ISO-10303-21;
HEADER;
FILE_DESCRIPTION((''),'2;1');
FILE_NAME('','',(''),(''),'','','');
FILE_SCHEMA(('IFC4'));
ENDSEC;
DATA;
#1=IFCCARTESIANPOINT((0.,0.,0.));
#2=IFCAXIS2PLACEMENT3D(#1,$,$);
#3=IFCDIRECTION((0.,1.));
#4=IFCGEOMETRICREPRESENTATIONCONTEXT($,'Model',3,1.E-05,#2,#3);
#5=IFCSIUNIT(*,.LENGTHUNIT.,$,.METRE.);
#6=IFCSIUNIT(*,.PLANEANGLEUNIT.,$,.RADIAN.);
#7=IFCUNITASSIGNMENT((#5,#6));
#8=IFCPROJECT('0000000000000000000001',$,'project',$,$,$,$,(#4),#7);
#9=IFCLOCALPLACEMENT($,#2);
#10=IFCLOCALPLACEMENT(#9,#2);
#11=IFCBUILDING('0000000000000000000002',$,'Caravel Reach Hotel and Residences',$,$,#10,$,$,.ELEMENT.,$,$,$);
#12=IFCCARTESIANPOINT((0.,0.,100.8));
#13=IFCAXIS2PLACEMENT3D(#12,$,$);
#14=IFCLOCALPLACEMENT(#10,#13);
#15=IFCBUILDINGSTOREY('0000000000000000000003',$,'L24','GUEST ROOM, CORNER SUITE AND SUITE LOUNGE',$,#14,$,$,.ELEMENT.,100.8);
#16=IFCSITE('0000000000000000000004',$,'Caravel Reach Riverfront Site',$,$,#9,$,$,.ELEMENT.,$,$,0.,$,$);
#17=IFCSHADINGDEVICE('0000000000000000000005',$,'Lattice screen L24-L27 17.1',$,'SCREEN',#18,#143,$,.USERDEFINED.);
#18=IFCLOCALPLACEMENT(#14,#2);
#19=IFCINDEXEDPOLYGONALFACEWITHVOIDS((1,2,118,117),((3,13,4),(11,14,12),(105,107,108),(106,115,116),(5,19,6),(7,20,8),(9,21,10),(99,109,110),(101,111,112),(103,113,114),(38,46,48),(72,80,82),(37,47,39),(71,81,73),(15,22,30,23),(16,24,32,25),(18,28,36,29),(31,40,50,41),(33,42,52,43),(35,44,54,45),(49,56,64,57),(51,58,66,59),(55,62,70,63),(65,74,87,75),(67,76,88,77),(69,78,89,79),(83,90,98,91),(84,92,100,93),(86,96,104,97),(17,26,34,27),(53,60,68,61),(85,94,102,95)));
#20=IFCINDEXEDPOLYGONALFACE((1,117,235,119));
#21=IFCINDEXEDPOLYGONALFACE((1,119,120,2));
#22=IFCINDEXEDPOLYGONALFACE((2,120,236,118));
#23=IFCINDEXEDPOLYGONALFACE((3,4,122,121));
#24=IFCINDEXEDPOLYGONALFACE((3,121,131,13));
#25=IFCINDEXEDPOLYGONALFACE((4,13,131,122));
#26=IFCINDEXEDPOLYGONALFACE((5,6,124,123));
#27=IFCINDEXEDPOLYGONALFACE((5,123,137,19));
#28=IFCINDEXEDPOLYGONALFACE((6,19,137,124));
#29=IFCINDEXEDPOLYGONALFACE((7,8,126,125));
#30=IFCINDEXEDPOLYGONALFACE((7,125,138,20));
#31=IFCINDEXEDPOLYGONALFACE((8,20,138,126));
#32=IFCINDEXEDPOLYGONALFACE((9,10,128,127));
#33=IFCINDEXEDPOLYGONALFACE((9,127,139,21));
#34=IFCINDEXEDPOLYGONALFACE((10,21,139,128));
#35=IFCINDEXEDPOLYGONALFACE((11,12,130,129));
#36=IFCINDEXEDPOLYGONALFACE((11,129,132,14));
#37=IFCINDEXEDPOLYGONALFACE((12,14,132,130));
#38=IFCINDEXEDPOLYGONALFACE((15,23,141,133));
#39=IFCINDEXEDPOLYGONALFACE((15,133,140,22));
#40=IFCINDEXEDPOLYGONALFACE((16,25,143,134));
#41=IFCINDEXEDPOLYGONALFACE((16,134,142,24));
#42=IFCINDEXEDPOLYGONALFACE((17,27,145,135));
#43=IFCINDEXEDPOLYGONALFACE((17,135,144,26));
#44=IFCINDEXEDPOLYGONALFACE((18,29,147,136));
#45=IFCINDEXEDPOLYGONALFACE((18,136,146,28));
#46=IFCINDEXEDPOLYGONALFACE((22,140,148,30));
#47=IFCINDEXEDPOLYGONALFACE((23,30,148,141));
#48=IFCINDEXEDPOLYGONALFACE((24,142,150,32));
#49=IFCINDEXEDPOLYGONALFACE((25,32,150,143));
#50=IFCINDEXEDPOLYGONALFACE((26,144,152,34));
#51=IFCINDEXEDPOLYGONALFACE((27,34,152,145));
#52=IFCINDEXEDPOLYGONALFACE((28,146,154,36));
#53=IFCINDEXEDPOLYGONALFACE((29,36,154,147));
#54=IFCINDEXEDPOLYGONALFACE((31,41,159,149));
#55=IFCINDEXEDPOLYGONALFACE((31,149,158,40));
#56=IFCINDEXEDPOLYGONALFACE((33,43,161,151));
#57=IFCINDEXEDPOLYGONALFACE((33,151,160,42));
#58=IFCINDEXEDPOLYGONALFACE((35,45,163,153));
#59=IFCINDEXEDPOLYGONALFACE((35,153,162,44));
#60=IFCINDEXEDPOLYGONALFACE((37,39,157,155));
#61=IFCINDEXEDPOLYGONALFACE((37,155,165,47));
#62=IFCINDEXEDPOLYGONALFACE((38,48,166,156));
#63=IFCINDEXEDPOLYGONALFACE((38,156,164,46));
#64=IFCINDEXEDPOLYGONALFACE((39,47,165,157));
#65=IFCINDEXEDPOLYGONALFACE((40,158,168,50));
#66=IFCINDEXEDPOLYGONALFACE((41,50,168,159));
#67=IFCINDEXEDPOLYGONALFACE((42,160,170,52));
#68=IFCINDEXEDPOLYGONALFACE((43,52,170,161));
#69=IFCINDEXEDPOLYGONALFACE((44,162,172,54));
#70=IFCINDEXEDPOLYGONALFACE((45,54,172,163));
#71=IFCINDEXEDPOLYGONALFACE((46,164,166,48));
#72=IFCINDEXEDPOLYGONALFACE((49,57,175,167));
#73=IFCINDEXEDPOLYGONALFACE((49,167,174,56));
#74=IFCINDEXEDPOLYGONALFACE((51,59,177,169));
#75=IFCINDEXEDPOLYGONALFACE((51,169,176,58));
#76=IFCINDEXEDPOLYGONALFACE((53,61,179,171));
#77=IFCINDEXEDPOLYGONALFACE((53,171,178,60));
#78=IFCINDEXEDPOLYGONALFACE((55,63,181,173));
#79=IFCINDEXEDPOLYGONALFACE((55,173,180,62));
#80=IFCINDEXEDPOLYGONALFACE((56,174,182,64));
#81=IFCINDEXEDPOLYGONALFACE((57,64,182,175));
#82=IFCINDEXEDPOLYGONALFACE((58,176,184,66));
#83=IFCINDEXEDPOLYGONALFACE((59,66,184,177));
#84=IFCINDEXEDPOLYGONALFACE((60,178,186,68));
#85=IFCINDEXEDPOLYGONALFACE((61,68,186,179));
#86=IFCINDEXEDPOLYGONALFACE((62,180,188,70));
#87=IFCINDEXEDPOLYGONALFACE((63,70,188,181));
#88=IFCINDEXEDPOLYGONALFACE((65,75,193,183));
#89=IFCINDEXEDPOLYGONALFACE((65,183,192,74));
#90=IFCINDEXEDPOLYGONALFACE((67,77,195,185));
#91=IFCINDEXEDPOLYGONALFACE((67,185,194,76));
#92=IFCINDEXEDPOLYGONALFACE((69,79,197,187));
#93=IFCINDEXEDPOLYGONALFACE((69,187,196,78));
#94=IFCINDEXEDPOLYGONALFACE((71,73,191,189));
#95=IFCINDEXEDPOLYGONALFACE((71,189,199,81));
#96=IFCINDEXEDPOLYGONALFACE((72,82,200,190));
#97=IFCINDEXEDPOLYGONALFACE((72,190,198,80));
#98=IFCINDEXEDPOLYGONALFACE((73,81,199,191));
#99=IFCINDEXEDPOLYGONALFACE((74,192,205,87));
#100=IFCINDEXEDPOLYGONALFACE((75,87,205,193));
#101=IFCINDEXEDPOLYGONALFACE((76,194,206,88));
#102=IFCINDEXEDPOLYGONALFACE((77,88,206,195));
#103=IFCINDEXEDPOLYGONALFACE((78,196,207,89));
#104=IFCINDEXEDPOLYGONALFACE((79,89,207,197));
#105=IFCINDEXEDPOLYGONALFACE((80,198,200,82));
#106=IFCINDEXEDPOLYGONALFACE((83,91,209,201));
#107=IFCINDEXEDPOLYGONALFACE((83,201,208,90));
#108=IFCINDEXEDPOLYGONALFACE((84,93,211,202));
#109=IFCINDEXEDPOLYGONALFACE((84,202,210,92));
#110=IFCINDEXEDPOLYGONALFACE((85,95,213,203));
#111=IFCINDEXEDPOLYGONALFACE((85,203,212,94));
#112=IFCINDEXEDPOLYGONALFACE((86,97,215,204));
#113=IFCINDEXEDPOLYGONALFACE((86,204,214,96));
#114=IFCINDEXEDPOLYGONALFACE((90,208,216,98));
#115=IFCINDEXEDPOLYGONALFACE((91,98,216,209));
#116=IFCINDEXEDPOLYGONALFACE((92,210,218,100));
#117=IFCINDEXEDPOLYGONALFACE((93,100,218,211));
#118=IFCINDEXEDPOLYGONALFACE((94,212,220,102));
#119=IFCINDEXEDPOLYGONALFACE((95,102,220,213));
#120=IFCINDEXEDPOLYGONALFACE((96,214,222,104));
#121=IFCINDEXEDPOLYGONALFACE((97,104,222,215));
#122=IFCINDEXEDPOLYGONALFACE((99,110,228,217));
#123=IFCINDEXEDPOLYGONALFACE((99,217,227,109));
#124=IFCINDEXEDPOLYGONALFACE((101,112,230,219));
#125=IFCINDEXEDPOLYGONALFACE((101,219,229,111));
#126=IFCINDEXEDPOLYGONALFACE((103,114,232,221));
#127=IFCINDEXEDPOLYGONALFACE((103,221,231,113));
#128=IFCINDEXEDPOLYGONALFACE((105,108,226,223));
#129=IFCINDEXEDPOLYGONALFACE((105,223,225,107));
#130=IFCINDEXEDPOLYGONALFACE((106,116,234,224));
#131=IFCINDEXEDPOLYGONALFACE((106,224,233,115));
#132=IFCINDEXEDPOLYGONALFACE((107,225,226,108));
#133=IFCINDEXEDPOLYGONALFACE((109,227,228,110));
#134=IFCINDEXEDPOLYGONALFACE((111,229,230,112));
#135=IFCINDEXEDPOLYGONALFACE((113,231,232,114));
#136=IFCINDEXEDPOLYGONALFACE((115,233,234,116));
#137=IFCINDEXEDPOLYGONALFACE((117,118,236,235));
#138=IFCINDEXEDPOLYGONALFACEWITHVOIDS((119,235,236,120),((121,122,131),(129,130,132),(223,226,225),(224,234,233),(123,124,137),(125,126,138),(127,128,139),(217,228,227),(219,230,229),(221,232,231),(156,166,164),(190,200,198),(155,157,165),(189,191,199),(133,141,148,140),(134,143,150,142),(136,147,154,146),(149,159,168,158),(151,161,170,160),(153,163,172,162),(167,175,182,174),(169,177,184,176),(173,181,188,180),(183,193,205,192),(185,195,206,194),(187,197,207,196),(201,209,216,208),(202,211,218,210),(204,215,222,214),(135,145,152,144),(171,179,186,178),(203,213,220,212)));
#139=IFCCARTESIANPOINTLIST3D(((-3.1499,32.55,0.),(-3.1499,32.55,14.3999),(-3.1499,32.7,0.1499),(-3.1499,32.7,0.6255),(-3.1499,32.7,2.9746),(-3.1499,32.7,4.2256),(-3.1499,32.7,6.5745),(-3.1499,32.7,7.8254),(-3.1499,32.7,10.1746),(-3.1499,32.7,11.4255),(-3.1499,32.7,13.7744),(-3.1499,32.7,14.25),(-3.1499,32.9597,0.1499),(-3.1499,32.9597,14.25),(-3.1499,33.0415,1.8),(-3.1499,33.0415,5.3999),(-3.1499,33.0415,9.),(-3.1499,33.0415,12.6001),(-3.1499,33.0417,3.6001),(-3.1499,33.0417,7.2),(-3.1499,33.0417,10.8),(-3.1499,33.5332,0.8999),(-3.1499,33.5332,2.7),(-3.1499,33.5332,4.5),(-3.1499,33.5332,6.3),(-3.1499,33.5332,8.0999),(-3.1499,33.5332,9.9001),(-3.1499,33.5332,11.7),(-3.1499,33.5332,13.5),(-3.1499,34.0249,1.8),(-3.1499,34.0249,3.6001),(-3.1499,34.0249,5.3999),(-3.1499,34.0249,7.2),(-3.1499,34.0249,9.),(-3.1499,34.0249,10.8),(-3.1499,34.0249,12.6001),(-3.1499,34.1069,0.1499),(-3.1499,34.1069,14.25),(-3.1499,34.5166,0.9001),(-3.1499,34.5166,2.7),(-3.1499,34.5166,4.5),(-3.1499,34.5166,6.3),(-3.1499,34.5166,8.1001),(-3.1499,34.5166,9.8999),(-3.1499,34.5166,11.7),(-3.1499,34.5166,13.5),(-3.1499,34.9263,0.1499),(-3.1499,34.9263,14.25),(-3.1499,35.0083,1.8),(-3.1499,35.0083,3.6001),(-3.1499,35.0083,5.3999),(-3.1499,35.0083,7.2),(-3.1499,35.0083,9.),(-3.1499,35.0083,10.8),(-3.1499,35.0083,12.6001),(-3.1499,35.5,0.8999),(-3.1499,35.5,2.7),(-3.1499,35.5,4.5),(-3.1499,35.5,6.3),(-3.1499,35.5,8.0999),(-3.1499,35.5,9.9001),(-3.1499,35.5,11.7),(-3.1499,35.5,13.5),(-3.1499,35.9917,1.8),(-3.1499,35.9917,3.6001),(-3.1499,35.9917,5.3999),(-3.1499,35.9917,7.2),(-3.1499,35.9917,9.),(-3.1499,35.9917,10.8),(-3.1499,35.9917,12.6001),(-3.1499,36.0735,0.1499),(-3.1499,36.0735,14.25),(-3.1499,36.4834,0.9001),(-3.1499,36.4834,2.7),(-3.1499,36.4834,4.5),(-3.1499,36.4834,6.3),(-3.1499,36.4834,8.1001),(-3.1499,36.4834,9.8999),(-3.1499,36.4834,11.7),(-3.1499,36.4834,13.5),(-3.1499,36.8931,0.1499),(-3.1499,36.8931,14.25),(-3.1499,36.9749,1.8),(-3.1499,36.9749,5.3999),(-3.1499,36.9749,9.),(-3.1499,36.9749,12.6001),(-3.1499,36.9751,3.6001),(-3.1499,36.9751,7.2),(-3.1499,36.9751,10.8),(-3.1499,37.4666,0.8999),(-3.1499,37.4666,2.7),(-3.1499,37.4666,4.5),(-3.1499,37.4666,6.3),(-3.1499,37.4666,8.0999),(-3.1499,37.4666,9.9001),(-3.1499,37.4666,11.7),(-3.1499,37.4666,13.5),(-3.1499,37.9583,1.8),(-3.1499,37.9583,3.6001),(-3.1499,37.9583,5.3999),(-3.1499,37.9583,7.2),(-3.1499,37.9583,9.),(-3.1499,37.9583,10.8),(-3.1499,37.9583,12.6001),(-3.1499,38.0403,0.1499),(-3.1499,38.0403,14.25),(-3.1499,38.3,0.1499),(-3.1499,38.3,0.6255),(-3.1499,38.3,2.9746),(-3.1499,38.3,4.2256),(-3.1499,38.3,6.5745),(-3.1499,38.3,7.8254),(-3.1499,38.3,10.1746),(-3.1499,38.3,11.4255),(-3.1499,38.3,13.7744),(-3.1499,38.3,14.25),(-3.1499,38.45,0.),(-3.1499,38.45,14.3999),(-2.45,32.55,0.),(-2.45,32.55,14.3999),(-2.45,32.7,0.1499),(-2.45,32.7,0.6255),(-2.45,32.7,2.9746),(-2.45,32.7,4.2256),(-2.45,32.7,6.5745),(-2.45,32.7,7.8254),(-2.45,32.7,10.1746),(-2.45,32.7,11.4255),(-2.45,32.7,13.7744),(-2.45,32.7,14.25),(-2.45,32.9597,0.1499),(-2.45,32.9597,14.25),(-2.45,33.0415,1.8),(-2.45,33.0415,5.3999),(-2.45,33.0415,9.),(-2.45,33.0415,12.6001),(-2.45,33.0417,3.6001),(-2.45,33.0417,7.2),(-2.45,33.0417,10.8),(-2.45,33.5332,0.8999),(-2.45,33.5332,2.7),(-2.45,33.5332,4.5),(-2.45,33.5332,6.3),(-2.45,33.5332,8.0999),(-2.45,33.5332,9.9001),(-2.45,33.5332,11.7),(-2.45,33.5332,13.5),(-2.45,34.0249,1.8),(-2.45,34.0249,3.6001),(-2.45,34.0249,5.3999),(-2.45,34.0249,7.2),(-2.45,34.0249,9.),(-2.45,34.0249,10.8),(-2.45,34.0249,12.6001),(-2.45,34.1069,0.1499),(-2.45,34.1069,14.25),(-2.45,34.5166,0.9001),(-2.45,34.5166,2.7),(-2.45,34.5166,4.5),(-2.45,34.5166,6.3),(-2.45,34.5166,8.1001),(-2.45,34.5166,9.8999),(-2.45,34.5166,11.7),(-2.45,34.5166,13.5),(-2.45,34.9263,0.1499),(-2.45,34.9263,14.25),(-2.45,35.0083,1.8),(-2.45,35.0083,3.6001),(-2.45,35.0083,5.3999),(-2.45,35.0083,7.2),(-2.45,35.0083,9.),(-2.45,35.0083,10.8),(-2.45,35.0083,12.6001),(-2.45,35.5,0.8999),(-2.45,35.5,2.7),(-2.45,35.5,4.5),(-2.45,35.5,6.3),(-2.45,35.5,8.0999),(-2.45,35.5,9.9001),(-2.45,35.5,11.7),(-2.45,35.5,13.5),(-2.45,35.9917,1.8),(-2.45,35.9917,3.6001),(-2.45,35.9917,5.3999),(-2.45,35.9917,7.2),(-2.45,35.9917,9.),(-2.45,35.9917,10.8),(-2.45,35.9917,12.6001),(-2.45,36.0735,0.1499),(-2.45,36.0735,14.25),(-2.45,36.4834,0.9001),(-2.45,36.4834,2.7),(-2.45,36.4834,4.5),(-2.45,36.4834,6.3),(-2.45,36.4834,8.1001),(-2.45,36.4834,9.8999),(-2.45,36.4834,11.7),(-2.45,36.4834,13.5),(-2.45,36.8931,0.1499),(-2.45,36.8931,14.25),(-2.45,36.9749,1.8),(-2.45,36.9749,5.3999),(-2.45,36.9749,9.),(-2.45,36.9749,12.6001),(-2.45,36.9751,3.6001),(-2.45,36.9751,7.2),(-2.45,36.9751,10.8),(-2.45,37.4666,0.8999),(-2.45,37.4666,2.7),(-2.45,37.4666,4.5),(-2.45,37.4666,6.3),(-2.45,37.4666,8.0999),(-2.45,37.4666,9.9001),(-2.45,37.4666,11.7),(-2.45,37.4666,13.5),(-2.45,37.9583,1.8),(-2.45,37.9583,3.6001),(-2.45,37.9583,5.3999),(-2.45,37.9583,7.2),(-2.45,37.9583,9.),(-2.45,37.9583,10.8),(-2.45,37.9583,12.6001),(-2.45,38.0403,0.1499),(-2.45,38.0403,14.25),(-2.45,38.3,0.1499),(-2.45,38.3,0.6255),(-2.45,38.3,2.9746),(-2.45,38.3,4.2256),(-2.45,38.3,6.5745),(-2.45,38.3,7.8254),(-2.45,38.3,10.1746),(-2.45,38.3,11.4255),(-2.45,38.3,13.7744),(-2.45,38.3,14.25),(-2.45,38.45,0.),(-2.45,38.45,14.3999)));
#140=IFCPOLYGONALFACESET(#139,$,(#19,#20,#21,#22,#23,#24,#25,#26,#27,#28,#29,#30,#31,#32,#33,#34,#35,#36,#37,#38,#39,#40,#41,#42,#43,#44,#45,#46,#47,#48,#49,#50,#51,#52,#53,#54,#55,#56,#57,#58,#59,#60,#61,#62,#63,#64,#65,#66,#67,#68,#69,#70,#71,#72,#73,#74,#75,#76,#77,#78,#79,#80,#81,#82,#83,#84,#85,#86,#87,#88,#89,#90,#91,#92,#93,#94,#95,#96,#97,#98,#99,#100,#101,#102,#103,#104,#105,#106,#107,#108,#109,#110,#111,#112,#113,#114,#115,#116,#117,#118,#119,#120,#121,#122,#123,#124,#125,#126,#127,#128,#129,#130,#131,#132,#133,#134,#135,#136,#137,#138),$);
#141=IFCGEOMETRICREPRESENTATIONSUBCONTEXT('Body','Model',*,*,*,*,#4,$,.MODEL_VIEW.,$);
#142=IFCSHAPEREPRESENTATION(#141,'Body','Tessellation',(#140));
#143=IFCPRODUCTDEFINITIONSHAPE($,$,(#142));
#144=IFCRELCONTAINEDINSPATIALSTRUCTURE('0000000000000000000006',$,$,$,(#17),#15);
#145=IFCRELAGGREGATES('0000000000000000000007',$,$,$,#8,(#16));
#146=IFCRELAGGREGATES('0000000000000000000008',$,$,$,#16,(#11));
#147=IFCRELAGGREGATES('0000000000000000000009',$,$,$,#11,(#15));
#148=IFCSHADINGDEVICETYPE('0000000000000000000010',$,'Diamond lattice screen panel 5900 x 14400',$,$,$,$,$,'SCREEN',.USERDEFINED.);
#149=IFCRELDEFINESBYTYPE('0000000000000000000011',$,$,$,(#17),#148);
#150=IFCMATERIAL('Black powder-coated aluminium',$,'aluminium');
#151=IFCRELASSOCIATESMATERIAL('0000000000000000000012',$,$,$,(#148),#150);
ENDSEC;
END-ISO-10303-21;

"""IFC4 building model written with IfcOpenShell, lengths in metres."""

from ifc_helpers import new_model, si_unit, direction, frame, origin, place, context, subcontext, project, spatial, polyline, outline, extrude, material, type_object, element, save


model = new_model("IFC4")

# Units and contexts
model_context = context("Model", 3, precision=1e-05, world=origin(), true_north=direction((0.0, 1.0)))
body_context = subcontext(model_context, "Body", "Model", "MODEL_VIEW")
ifc_project = project(units=[si_unit("LENGTHUNIT", "METRE"), si_unit("PLANEANGLEUNIT", "RADIAN")], contexts=[model_context])

# Site, building, storey
site_placement = place(None, origin())
site = spatial("IfcSite", under=ifc_project, at=site_placement, Name="Caravel Reach Riverfront Site", CompositionType="ELEMENT", RefElevation=0.0)
building_placement = place(site_placement, origin())
building = spatial("IfcBuilding", under=site, at=building_placement, Name="Caravel Reach Hotel and Residences", CompositionType="ELEMENT")
storey_placement = place(building_placement, frame((0.0, 0.0, 100.8)))
storey = spatial("IfcBuildingStorey", under=building, at=storey_placement, Name="L24", Description="GUEST ROOM, CORNER SUITE AND SUITE LOUNGE", CompositionType="ELEMENT", Elevation=100.8)

# Shading device
ifc_material_1 = material(Name="Black powder-coated aluminium", Category="aluminium")
shading_device_type_1 = type_object("IfcShadingDeviceType", Name="Diamond lattice screen panel 5900 x 14400", ElementType="SCREEN", PredefinedType="USERDEFINED", material=ifc_material_1)
shading_device_1_placement = place(storey_placement, frame((-2.45, 38.45, 0.0), z_axis=(-1.0, 0.0, 0.0), x_axis=(0.0, -1.0, 0.0)))
element("IfcShadingDevice", 1, at=shading_device_1_placement, inside=storey, type_object=shading_device_type_1, Name="Lattice screen L24-L27 17.1", ObjectType="SCREEN", PredefinedType="USERDEFINED", context=body_context, shape_type="SweptSolid", body=[
    extrude(outline(polyline([(0.0, 0.0), (5.8999, 0.0), (5.8999, 14.3999), (0.0, 14.3999), (0.0, 0.0)]), holes=[polyline([(0.4097, 0.1499), (0.1499, 0.6255), (0.1499, 0.1499), (0.4097, 0.1499)]), polyline([(0.4917, 3.6001), (0.1499, 4.2256), (0.1499, 2.9746), (0.4917, 3.6001)]), polyline([(0.4917, 7.2), (0.1499, 7.8254), (0.1499, 6.5745), (0.4917, 7.2)]), polyline([(0.4917, 10.8), (0.1499, 11.4255), (0.1499, 10.1746), (0.4917, 10.8)]), polyline([(0.1499, 13.7744), (0.4097, 14.25), (0.1499, 14.25), (0.1499, 13.7744)]), polyline([(0.9834, 2.7), (0.4917, 1.8), (0.9834, 0.8999), (1.4751, 1.8), (0.9834, 2.7)]), polyline([(0.9834, 6.3), (0.4917, 5.3999), (0.9834, 4.5), (1.4751, 5.3999), (0.9834, 6.3)]), polyline([(0.9834, 9.9001), (0.4917, 9.0), (0.9834, 8.0999), (1.4751, 9.0), (0.9834, 9.9001)]), polyline([(0.9834, 13.5), (0.4917, 12.6001), (0.9834, 11.7), (1.4751, 12.6001), (0.9834, 13.5)]), polyline([(1.9666, 0.9001), (1.5569, 0.1499), (2.3765, 0.1499), (1.9666, 0.9001)]), polyline([(1.9666, 4.5), (1.4749, 3.6001), (1.9666, 2.7), (2.4583, 3.6001), (1.9666, 4.5)]), polyline([(1.9666, 8.1001), (1.4749, 7.2), (1.9666, 6.3), (2.4583, 7.2), (1.9666, 8.1001)]), polyline([(1.9666, 11.7), (1.4749, 10.8), (1.9666, 9.8999), (2.4583, 10.8), (1.9666, 11.7)]), polyline([(1.9666, 13.5), (2.3765, 14.25), (1.5569, 14.25), (1.9666, 13.5)]), polyline([(2.95, 2.7), (2.4583, 1.8), (2.95, 0.8999), (3.4417, 1.8), (2.95, 2.7)]), polyline([(2.95, 6.3), (2.4583, 5.3999), (2.95, 4.5), (3.4417, 5.3999), (2.95, 6.3)]), polyline([(2.95, 9.9001), (2.4583, 9.0), (2.95, 8.0999), (3.4417, 9.0), (2.95, 9.9001)]), polyline([(2.95, 13.5), (2.4583, 12.6001), (2.95, 11.7), (3.4417, 12.6001), (2.95, 13.5)]), polyline([(3.9333, 0.9001), (3.5237, 0.1499), (4.343, 0.1499), (3.9333, 0.9001)]), polyline([(3.9333, 4.5), (3.4417, 3.6001), (3.9333, 2.7), (4.425, 3.6001), (3.9333, 4.5)]), polyline([(3.9333, 8.1001), (3.4417, 7.2), (3.9333, 6.3), (4.425, 7.2), (3.9333, 8.1001)]), polyline([(3.9333, 11.7), (3.4417, 10.8), (3.9333, 9.8999), (4.425, 10.8), (3.9333, 11.7)]), polyline([(3.9333, 13.5), (4.343, 14.25), (3.5237, 14.25), (3.9333, 13.5)]), polyline([(4.9167, 2.7), (4.425, 1.8), (4.9167, 0.8999), (5.4084, 1.8), (4.9167, 2.7)]), polyline([(4.9167, 6.3), (4.425, 5.3999), (4.9167, 4.5), (5.4084, 5.3999), (4.9167, 6.3)]), polyline([(4.9167, 9.9001), (4.425, 9.0), (4.9167, 8.0999), (5.4084, 9.0), (4.9167, 9.9001)]), polyline([(4.9167, 13.5), (4.425, 12.6001), (4.9167, 11.7), (5.4084, 12.6001), (4.9167, 13.5)]), polyline([(5.75, 0.6255), (5.4902, 0.1499), (5.75, 0.1499), (5.75, 0.6255)]), polyline([(5.4082, 3.6001), (5.75, 2.9746), (5.75, 4.2256), (5.4082, 3.6001)]), polyline([(5.4082, 7.2), (5.75, 6.5745), (5.75, 7.8254), (5.4082, 7.2)]), polyline([(5.4082, 10.8), (5.75, 10.1746), (5.75, 11.4255), (5.4082, 10.8)]), polyline([(5.4902, 14.25), (5.75, 13.7744), (5.75, 14.25), (5.4902, 14.25)])]), origin(), (0.0, 0.0, 1.0), 0.7),
])

save(model, "model.ifc")
